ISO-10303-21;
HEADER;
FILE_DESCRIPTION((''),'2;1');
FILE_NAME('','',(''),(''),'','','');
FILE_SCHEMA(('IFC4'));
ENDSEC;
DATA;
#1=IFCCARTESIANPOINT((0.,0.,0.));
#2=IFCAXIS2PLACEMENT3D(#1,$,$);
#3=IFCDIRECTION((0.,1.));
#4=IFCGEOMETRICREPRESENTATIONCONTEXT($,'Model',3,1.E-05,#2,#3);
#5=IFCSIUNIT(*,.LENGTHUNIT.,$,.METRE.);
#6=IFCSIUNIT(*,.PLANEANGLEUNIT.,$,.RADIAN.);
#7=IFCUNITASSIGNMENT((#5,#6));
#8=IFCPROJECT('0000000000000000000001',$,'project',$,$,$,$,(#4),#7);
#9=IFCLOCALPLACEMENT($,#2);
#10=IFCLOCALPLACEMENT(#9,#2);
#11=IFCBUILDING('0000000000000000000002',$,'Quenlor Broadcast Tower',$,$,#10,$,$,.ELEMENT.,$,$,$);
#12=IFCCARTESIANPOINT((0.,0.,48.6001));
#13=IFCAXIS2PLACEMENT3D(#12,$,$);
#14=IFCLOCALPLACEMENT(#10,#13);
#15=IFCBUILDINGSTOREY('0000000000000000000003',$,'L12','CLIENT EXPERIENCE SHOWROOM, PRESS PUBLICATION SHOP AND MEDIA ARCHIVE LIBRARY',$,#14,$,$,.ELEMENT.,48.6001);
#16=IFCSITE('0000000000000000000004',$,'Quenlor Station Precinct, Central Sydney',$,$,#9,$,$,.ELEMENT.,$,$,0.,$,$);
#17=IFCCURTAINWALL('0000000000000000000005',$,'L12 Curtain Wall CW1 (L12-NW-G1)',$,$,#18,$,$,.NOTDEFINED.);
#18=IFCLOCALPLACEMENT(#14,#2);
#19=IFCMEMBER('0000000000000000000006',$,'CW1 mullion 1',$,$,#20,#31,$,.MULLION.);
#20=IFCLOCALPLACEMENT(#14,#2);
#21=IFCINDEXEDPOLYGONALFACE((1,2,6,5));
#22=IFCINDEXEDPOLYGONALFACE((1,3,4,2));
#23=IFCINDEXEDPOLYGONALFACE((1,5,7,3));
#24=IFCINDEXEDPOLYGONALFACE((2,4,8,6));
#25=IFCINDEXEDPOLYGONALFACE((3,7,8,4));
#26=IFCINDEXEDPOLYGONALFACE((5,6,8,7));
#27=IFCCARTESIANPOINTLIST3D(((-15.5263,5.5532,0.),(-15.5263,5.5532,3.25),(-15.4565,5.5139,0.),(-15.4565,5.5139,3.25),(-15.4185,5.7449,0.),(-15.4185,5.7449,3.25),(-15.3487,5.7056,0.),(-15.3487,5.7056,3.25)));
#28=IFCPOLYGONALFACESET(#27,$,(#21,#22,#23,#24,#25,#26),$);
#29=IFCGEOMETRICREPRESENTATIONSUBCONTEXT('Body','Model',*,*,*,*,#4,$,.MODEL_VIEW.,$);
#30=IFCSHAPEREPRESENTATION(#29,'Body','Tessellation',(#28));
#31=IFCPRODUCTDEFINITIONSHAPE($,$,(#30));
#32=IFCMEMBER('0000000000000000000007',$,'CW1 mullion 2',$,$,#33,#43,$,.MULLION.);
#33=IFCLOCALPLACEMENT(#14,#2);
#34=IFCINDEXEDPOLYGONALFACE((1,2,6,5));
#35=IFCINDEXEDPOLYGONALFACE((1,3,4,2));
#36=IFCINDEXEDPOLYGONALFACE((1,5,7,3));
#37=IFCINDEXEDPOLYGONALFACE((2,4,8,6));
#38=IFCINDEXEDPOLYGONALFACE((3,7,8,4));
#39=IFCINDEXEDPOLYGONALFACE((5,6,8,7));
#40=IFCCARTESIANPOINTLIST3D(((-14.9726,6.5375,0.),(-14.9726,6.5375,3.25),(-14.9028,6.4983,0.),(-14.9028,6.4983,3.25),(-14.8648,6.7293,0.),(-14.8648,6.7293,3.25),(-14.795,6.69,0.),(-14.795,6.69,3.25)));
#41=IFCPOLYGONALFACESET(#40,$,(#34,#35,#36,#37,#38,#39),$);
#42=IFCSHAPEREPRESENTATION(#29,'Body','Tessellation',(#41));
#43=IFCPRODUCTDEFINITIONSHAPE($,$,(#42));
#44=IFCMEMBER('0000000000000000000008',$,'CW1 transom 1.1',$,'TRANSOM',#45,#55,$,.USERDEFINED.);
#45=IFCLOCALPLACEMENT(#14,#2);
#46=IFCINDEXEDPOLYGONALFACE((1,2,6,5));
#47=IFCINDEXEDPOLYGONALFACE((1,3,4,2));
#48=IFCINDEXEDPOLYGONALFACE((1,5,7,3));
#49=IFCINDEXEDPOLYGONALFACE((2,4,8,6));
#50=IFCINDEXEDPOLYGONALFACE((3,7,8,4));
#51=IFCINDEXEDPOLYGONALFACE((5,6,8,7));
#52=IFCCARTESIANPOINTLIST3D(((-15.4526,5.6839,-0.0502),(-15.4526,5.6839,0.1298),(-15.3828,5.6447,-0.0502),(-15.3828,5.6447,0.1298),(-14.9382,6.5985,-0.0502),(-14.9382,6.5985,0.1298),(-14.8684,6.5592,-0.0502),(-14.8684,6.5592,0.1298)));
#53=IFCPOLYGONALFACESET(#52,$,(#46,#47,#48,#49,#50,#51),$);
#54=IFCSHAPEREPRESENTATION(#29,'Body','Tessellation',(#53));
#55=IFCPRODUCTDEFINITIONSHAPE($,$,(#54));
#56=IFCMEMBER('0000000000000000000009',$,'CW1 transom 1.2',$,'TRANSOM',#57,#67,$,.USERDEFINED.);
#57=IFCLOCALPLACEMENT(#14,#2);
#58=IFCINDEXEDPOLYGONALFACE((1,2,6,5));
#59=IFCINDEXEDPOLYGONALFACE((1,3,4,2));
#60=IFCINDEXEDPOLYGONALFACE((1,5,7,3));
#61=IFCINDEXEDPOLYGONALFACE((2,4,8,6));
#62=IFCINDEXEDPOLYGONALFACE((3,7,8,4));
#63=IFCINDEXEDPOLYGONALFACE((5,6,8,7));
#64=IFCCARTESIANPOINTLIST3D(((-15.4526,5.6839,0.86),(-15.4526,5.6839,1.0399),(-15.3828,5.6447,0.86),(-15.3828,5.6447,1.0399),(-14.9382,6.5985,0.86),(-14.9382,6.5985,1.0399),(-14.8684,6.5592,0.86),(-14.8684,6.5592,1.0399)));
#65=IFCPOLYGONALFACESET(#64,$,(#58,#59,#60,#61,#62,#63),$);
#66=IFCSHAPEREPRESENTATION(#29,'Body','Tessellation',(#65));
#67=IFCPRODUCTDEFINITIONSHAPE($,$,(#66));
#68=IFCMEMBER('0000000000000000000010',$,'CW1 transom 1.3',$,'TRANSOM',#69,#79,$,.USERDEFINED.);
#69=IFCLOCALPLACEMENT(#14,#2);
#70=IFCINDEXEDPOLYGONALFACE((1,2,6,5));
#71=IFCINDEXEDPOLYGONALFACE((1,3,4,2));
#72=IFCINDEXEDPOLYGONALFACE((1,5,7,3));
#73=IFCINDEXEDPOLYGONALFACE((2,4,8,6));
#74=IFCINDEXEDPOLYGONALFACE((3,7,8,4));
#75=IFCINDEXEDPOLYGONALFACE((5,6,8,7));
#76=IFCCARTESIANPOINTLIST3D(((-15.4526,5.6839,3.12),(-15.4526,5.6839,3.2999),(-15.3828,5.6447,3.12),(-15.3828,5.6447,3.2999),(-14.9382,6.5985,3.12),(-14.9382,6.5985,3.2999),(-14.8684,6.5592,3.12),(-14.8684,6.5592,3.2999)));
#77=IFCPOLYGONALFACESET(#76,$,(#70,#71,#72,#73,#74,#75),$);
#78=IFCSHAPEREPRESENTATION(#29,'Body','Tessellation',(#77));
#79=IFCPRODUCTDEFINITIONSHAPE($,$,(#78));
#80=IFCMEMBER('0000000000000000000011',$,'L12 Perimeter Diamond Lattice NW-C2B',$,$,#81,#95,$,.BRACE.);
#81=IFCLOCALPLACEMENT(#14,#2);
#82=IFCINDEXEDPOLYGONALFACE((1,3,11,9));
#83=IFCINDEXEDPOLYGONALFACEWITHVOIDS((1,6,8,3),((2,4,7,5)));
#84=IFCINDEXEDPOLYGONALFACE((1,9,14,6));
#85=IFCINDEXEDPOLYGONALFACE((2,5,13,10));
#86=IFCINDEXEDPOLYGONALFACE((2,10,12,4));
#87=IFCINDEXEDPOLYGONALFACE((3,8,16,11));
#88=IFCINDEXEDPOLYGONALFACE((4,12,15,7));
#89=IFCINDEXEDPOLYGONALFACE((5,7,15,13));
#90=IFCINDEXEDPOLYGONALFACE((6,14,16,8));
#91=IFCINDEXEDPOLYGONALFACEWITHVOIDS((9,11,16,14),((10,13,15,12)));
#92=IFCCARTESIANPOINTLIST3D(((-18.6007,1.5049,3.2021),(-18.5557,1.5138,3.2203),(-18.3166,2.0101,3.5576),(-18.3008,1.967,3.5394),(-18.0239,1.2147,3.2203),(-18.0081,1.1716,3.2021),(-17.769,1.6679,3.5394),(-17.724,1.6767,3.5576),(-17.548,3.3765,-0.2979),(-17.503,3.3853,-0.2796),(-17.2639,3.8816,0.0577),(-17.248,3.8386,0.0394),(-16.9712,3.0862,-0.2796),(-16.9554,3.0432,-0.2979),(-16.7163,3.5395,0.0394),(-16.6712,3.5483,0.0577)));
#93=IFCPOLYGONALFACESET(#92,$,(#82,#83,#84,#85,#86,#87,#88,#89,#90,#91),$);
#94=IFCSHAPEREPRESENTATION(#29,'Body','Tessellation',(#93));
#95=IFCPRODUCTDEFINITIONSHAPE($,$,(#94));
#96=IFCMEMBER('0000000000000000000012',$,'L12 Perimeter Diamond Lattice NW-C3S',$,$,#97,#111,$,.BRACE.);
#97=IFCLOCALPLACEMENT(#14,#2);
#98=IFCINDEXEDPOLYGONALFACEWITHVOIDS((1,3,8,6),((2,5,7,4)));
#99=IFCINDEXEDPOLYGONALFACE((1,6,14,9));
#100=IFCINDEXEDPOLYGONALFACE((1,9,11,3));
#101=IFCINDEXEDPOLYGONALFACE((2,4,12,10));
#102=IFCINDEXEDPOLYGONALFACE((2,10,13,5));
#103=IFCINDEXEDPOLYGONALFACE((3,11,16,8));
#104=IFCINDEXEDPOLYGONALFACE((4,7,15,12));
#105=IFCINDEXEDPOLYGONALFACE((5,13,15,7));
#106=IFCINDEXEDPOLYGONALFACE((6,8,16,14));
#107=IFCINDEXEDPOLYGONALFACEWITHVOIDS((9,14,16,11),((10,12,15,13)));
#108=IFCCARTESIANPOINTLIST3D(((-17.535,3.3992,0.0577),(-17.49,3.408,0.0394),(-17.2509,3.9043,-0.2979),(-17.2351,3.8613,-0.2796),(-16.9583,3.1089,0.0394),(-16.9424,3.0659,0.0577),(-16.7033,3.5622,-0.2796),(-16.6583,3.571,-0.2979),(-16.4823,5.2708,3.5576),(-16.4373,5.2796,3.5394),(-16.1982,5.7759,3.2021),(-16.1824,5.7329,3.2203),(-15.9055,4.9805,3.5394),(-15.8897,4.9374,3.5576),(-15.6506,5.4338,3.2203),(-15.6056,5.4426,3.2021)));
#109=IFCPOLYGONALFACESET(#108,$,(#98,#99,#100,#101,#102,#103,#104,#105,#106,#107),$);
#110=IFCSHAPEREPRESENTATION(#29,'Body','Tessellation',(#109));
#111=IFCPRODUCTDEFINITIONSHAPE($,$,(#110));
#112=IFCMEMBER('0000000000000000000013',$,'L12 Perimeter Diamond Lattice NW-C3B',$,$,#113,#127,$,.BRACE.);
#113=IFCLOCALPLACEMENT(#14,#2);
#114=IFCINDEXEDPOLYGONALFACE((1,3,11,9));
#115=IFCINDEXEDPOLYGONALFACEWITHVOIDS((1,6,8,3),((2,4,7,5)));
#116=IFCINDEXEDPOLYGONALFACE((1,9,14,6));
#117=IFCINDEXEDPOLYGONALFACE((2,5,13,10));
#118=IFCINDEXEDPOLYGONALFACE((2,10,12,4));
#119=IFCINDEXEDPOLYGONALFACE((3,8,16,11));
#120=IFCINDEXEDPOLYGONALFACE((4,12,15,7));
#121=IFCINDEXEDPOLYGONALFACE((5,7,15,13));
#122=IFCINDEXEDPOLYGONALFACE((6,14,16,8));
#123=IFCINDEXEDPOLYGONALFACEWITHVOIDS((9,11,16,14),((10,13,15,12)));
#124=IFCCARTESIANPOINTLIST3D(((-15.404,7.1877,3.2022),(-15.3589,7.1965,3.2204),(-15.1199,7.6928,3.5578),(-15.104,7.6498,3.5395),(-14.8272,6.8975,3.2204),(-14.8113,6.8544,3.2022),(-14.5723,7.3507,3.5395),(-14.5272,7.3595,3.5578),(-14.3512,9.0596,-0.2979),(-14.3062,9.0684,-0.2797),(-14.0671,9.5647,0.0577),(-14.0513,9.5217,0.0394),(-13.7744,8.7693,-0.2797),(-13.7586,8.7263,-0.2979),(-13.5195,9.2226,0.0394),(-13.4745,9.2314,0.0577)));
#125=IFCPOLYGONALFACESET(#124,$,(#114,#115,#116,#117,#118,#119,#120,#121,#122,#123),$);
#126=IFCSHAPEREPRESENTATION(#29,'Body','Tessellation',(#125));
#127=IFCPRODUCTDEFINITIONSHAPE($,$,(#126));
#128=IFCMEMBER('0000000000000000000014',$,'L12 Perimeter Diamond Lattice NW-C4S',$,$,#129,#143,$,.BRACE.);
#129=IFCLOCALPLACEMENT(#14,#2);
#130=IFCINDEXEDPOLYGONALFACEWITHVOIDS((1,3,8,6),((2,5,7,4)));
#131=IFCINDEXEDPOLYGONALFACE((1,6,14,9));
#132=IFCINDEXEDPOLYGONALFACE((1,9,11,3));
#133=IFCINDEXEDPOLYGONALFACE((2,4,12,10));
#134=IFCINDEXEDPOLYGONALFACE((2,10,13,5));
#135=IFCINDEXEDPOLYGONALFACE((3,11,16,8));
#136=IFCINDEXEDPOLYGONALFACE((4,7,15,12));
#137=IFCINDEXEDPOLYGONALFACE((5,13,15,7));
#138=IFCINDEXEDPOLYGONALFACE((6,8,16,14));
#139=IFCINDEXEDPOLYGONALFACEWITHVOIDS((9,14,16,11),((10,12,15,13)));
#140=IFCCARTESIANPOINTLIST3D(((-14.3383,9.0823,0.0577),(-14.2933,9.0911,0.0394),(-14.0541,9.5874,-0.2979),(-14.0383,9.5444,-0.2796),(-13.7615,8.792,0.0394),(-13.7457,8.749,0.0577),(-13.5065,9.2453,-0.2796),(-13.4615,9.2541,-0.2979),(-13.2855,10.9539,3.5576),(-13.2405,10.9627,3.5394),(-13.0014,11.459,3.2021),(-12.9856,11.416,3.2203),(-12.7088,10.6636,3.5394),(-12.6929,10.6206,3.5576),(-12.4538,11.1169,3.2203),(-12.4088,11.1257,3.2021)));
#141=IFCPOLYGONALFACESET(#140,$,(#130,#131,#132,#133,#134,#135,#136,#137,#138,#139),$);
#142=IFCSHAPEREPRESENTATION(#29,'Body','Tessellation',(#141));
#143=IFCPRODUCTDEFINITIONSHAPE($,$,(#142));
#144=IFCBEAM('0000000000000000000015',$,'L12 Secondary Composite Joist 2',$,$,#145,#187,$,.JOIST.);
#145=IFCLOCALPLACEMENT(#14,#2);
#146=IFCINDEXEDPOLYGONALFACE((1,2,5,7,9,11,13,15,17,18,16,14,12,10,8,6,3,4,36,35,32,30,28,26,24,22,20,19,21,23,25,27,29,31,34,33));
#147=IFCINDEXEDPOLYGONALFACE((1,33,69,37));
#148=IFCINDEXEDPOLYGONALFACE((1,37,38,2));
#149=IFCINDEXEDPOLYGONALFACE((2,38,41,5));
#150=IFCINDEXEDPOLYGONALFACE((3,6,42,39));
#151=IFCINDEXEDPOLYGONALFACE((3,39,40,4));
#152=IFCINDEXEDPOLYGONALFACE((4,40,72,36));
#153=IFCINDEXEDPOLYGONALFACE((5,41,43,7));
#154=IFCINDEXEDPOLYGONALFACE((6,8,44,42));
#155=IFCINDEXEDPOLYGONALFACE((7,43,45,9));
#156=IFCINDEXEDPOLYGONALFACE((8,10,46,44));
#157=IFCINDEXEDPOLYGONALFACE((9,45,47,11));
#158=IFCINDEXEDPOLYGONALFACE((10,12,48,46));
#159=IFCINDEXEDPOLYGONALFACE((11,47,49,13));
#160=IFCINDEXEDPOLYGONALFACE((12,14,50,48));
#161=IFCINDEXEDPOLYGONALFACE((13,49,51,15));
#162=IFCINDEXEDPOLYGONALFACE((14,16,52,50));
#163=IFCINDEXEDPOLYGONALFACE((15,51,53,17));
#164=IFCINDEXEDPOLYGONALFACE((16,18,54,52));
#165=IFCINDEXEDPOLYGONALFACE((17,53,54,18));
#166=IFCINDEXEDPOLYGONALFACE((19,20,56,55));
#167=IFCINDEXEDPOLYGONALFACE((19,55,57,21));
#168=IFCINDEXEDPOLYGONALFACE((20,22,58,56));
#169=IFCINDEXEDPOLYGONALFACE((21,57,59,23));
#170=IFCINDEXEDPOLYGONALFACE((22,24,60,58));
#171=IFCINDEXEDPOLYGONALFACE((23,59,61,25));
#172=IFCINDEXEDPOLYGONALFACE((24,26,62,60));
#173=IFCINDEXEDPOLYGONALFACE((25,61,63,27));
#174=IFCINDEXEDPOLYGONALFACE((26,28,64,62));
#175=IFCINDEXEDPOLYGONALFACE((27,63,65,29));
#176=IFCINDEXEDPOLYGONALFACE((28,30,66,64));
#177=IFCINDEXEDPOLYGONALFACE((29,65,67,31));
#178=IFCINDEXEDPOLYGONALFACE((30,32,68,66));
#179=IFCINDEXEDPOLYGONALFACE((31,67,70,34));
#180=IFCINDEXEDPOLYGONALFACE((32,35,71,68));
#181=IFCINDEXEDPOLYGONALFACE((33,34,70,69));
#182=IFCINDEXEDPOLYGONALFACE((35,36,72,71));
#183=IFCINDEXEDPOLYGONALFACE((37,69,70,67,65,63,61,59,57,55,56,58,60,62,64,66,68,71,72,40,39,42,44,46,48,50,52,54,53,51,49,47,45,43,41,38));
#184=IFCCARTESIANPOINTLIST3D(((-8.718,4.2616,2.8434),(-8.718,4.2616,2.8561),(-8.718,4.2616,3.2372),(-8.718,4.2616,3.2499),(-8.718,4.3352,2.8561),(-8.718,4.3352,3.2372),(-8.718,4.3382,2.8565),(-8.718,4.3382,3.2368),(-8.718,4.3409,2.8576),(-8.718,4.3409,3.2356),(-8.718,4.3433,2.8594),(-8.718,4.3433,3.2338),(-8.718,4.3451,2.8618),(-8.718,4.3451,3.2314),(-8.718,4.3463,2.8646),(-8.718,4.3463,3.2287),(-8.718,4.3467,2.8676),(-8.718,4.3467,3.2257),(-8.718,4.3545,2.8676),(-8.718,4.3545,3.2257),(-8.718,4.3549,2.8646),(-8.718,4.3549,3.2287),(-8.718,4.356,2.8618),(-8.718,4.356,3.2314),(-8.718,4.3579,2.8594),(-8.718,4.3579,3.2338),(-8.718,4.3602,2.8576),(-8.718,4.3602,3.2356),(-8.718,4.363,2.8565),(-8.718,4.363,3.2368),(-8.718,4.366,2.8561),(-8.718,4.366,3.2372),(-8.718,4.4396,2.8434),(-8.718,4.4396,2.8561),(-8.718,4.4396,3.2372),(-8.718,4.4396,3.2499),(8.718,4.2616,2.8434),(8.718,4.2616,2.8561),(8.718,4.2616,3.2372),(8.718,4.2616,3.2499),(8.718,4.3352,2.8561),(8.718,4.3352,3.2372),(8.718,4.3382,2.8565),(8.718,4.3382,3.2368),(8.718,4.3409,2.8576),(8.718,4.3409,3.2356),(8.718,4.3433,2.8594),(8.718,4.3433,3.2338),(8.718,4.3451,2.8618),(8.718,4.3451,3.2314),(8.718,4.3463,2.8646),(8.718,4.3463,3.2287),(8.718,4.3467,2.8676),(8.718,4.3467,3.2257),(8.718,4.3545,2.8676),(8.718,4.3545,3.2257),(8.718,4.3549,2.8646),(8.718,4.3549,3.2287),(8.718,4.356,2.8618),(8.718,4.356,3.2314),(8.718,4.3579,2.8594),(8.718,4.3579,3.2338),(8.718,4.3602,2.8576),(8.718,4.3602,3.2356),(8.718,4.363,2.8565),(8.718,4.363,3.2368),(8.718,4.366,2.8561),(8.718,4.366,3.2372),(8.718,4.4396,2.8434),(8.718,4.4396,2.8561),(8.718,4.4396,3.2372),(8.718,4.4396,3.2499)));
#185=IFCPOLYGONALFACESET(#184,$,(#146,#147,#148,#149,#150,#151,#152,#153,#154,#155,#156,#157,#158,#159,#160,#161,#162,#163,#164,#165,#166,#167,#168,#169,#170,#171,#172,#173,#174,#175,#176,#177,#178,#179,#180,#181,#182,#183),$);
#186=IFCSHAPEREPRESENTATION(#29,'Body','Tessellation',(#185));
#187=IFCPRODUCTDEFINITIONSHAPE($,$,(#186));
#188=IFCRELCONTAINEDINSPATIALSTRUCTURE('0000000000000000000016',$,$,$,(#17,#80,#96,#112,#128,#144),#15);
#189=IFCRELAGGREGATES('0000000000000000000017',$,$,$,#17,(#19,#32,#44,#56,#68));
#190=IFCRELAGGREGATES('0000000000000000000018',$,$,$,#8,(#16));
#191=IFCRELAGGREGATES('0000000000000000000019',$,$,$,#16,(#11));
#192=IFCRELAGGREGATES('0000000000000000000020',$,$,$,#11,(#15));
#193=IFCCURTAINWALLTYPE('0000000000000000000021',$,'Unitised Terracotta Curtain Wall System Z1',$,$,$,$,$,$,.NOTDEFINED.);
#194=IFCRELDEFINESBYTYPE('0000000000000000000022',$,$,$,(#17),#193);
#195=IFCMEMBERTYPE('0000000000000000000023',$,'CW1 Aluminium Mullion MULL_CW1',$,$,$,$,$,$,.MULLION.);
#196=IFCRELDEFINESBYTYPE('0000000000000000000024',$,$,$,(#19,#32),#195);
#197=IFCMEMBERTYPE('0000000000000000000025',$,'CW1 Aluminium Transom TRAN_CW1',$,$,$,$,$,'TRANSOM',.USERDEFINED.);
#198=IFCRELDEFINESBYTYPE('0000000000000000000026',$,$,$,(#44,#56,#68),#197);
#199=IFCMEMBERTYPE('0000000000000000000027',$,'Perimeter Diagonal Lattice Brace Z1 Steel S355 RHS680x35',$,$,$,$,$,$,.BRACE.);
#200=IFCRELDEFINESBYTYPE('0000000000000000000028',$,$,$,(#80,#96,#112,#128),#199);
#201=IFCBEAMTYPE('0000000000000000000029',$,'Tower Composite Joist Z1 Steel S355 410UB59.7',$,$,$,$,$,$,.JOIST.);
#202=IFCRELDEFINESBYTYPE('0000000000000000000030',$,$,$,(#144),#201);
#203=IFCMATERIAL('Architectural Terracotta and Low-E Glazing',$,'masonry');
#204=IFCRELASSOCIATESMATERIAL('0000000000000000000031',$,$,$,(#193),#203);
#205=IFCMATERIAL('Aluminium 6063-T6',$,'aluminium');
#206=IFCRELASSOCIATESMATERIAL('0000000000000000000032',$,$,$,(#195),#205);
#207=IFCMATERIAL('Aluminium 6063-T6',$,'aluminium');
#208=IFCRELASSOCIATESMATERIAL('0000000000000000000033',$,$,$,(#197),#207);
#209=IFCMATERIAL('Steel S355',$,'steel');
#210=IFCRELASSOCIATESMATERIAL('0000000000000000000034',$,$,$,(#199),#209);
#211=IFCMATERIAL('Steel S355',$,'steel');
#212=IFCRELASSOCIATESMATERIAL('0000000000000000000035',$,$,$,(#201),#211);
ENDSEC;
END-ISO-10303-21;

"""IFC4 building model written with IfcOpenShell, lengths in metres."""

from ifc_helpers import new_model, si_unit, direction, frame, origin, origin_2d, place, context, subcontext, project, spatial, rectangle, hollow_rectangle, i_section, extrude, material, material_profile, profile_set, type_object, element, aggregate, save


model = new_model("IFC4")

# Units and contexts
model_context = context("Model", 3, precision=1e-05, world=origin(), true_north=direction((0.0, 1.0)))
body_context = subcontext(model_context, "Body", "Model", "MODEL_VIEW")
ifc_project = project(units=[si_unit("LENGTHUNIT", "METRE"), si_unit("PLANEANGLEUNIT", "RADIAN")], contexts=[model_context])

# Site, building, storey
site_placement = place(None, origin())
site = spatial("IfcSite", under=ifc_project, at=site_placement, Name="Quenlor Station Precinct, Central Sydney", CompositionType="ELEMENT", RefElevation=0.0)
building_placement = place(site_placement, origin())
building = spatial("IfcBuilding", under=site, at=building_placement, Name="Quenlor Broadcast Tower", CompositionType="ELEMENT")
storey_placement = place(building_placement, frame((0.0, 0.0, 48.6001)))
storey = spatial("IfcBuildingStorey", under=building, at=storey_placement, Name="L12", Description="CLIENT EXPERIENCE SHOWROOM, PRESS PUBLICATION SHOP AND MEDIA ARCHIVE LIBRARY", CompositionType="ELEMENT", Elevation=48.6001)

# Curtain wall, members
ifc_material_1 = material(Name="Architectural Terracotta and Low-E Glazing", Category="masonry")
curtain_wall_type = type_object("IfcCurtainWallType", Name="Unitised Terracotta Curtain Wall System Z1", PredefinedType="NOTDEFINED", material=ifc_material_1)
curtain_wall_placement = place(storey_placement, origin())
curtain_wall = element("IfcCurtainWall", 1, at=curtain_wall_placement, inside=storey, type_object=curtain_wall_type, Name="L12 Curtain Wall CW1 (L12-NW-G1)", PredefinedType="NOTDEFINED")
ifc_material_2 = material(Name="Aluminium 6063-T6", Category="aluminium")
ifc_material_profile_1 = material_profile(ifc_material_2, rectangle(XDim=0.0801, YDim=0.22, at=origin_2d()))
ifc_profile_set_1 = profile_set([ifc_material_profile_1], Name="Aluminium 6063-T6 MULL80x220")
member_type_1 = type_object("IfcMemberType", Name="CW1 Aluminium Mullion MULL_CW1", PredefinedType="MULLION", material=ifc_profile_set_1)
member_1_placement = place(storey_placement, frame((-15.4375, 5.6294, 0.0), z_axis=(0.0, 0.0, 1.0), x_axis=(-0.871567, 0.490277, 0.0)))
member_1 = element("IfcMember", 2, at=member_1_placement, type_object=member_type_1, Name="CW1 mullion 1", PredefinedType="MULLION", context=body_context, shape_type="SweptSolid", body=[
    extrude(rectangle(XDim=0.0801, YDim=0.22, at=origin_2d()), origin(), (0.0, 0.0, 1.0), 3.25),
])
member_2_placement = place(storey_placement, frame((-14.8838, 6.6138, 0.0), z_axis=(0.0, 0.0, 1.0), x_axis=(-0.871567, 0.490277, 0.0)))
member_2 = element("IfcMember", 3, at=member_2_placement, type_object=member_type_1, Name="CW1 mullion 2", PredefinedType="MULLION", context=body_context, shape_type="SweptSolid", body=[
    extrude(rectangle(XDim=0.0801, YDim=0.22, at=origin_2d()), origin(), (0.0, 0.0, 1.0), 3.25),
])
ifc_material_3 = material(Name="Aluminium 6063-T6", Category="aluminium")
ifc_material_profile_2 = material_profile(ifc_material_3, rectangle(XDim=0.0801, YDim=0.1799, at=origin_2d()))
ifc_profile_set_2 = profile_set([ifc_material_profile_2], Name="Aluminium 6063-T6 TRAN80x180")
member_type_2 = type_object("IfcMemberType", Name="CW1 Aluminium Transom TRAN_CW1", ElementType="TRANSOM", PredefinedType="USERDEFINED", material=ifc_profile_set_2)
member_3_placement = place(storey_placement, frame((-15.4177, 5.6643, 0.0398), z_axis=(0.490239, 0.871588, 0.0), x_axis=(-0.871588, 0.490239, 0.0)))
member_3 = element("IfcMember", 4, at=member_3_placement, type_object=member_type_2, Name="CW1 transom 1.1", ObjectType="TRANSOM", PredefinedType="USERDEFINED", context=body_context, shape_type="SweptSolid", body=[
    extrude(rectangle(XDim=0.0801, YDim=0.1799, at=origin_2d()), origin(), (0.0, 0.0, 1.0), 1.0493),
])
member_4_placement = place(storey_placement, frame((-15.4177, 5.6643, 0.95), z_axis=(0.490239, 0.871588, 0.0), x_axis=(-0.871588, 0.490239, 0.0)))
member_4 = element("IfcMember", 5, at=member_4_placement, type_object=member_type_2, Name="CW1 transom 1.2", ObjectType="TRANSOM", PredefinedType="USERDEFINED", context=body_context, shape_type="SweptSolid", body=[
    extrude(rectangle(XDim=0.0801, YDim=0.1799, at=origin_2d()), origin(), (0.0, 0.0, 1.0), 1.0493),
])
member_5_placement = place(storey_placement, frame((-15.4177, 5.6643, 3.21), z_axis=(0.490239, 0.871588, 0.0), x_axis=(-0.871588, 0.490239, 0.0)))
member_5 = element("IfcMember", 6, at=member_5_placement, type_object=member_type_2, Name="CW1 transom 1.3", ObjectType="TRANSOM", PredefinedType="USERDEFINED", context=body_context, shape_type="SweptSolid", body=[
    extrude(rectangle(XDim=0.0801, YDim=0.1799, at=origin_2d()), origin(), (0.0, 0.0, 1.0), 1.0493),
])

# Members
ifc_material_4 = material(Name="Steel S355", Category="steel")
ifc_material_profile_3 = material_profile(ifc_material_4, hollow_rectangle(XDim=0.6799, YDim=0.6799, WallThickness=0.0349, at=origin_2d()))
ifc_profile_set_3 = profile_set([ifc_material_profile_3], Name="Steel S355 RHS680x680x35")
member_type_3 = type_object("IfcMemberType", Name="Perimeter Diagonal Lattice Brace Z1 Steel S355 RHS680x35", PredefinedType="BRACE", material=ifc_profile_set_3)
for number, where, z_axis, x_axis, name in (
    (7, (-17.1096, 3.4624, -0.1201), (-0.256375, -0.455792, 0.852365), (0.871582, -0.49025, 0.0), "L12 Perimeter Diamond Lattice NW-C2B"),
    (8, (-17.0967, 3.4851, -0.1201), (0.256375, 0.455792, 0.852365), (-0.871582, 0.49025, 0.0), "L12 Perimeter Diamond Lattice NW-C3S"),
):
    element("IfcMember", number, at=place(storey_placement, frame(where, z_axis=z_axis, x_axis=x_axis)), inside=storey, type_object=member_type_3, Name=name, PredefinedType="BRACE", context=body_context, shape_type="SweptSolid", body=[
        extrude(hollow_rectangle(XDim=0.6799, YDim=0.6799, WallThickness=0.0349, at=origin_2d()), origin(), (0.0, 0.0, 1.0), 4.1062),
    ])
member_6_placement = place(storey_placement, frame((-13.9128, 9.1455, -0.1201), z_axis=(-0.256368, -0.455839, 0.852342), x_axis=(0.871609, -0.490202, 0.0)))
element("IfcMember", 9, at=member_6_placement, inside=storey, type_object=member_type_3, Name="L12 Perimeter Diamond Lattice NW-C3B", PredefinedType="BRACE", context=body_context, shape_type="SweptSolid", body=[
    extrude(hollow_rectangle(XDim=0.6799, YDim=0.6799, WallThickness=0.0349, at=origin_2d()), origin(), (0.0, 0.0, 1.0), 4.1064),
])
member_7_placement = place(storey_placement, frame((-13.8999, 9.1682, -0.1201), z_axis=(0.256375, 0.455792, 0.852365), x_axis=(-0.871582, 0.49025, 0.0)))
element("IfcMember", 10, at=member_7_placement, inside=storey, type_object=member_type_3, Name="L12 Perimeter Diamond Lattice NW-C4S", PredefinedType="BRACE", context=body_context, shape_type="SweptSolid", body=[
    extrude(hollow_rectangle(XDim=0.6799, YDim=0.6799, WallThickness=0.0349, at=origin_2d()), origin(), (0.0, 0.0, 1.0), 4.1062),
])

# Beam
ifc_material_5 = material(Name="Steel S355", Category="steel")
ifc_material_profile_4 = material_profile(ifc_material_5, i_section(OverallWidth=0.178, OverallDepth=0.4065, WebThickness=0.0078, FlangeThickness=0.0127, FilletRadius=0.0115, at=origin_2d()))
ifc_profile_set_4 = profile_set([ifc_material_profile_4], Name="Steel S355 410UB59.7")
beam_type_1 = type_object("IfcBeamType", Name="Tower Composite Joist Z1 Steel S355 410UB59.7", PredefinedType="JOIST", material=ifc_profile_set_4)
beam_1_placement = place(storey_placement, frame((-8.718, 4.3506, 3.0466), z_axis=(1.0, 0.0, 0.0), x_axis=(0.0, 1.0, 0.0)))
element("IfcBeam", 11, at=beam_1_placement, inside=storey, type_object=beam_type_1, Name="L12 Secondary Composite Joist 2", PredefinedType="JOIST", context=body_context, shape_type="SweptSolid", body=[
    extrude(i_section(OverallWidth=0.178, OverallDepth=0.4065, WebThickness=0.0078, FlangeThickness=0.0127, FilletRadius=0.0115, at=origin_2d()), origin(), (0.0, 0.0, 1.0), 17.436),
])

aggregate(curtain_wall, [member_1, member_2, member_3, member_4, member_5])

save(model, "model.ifc")
